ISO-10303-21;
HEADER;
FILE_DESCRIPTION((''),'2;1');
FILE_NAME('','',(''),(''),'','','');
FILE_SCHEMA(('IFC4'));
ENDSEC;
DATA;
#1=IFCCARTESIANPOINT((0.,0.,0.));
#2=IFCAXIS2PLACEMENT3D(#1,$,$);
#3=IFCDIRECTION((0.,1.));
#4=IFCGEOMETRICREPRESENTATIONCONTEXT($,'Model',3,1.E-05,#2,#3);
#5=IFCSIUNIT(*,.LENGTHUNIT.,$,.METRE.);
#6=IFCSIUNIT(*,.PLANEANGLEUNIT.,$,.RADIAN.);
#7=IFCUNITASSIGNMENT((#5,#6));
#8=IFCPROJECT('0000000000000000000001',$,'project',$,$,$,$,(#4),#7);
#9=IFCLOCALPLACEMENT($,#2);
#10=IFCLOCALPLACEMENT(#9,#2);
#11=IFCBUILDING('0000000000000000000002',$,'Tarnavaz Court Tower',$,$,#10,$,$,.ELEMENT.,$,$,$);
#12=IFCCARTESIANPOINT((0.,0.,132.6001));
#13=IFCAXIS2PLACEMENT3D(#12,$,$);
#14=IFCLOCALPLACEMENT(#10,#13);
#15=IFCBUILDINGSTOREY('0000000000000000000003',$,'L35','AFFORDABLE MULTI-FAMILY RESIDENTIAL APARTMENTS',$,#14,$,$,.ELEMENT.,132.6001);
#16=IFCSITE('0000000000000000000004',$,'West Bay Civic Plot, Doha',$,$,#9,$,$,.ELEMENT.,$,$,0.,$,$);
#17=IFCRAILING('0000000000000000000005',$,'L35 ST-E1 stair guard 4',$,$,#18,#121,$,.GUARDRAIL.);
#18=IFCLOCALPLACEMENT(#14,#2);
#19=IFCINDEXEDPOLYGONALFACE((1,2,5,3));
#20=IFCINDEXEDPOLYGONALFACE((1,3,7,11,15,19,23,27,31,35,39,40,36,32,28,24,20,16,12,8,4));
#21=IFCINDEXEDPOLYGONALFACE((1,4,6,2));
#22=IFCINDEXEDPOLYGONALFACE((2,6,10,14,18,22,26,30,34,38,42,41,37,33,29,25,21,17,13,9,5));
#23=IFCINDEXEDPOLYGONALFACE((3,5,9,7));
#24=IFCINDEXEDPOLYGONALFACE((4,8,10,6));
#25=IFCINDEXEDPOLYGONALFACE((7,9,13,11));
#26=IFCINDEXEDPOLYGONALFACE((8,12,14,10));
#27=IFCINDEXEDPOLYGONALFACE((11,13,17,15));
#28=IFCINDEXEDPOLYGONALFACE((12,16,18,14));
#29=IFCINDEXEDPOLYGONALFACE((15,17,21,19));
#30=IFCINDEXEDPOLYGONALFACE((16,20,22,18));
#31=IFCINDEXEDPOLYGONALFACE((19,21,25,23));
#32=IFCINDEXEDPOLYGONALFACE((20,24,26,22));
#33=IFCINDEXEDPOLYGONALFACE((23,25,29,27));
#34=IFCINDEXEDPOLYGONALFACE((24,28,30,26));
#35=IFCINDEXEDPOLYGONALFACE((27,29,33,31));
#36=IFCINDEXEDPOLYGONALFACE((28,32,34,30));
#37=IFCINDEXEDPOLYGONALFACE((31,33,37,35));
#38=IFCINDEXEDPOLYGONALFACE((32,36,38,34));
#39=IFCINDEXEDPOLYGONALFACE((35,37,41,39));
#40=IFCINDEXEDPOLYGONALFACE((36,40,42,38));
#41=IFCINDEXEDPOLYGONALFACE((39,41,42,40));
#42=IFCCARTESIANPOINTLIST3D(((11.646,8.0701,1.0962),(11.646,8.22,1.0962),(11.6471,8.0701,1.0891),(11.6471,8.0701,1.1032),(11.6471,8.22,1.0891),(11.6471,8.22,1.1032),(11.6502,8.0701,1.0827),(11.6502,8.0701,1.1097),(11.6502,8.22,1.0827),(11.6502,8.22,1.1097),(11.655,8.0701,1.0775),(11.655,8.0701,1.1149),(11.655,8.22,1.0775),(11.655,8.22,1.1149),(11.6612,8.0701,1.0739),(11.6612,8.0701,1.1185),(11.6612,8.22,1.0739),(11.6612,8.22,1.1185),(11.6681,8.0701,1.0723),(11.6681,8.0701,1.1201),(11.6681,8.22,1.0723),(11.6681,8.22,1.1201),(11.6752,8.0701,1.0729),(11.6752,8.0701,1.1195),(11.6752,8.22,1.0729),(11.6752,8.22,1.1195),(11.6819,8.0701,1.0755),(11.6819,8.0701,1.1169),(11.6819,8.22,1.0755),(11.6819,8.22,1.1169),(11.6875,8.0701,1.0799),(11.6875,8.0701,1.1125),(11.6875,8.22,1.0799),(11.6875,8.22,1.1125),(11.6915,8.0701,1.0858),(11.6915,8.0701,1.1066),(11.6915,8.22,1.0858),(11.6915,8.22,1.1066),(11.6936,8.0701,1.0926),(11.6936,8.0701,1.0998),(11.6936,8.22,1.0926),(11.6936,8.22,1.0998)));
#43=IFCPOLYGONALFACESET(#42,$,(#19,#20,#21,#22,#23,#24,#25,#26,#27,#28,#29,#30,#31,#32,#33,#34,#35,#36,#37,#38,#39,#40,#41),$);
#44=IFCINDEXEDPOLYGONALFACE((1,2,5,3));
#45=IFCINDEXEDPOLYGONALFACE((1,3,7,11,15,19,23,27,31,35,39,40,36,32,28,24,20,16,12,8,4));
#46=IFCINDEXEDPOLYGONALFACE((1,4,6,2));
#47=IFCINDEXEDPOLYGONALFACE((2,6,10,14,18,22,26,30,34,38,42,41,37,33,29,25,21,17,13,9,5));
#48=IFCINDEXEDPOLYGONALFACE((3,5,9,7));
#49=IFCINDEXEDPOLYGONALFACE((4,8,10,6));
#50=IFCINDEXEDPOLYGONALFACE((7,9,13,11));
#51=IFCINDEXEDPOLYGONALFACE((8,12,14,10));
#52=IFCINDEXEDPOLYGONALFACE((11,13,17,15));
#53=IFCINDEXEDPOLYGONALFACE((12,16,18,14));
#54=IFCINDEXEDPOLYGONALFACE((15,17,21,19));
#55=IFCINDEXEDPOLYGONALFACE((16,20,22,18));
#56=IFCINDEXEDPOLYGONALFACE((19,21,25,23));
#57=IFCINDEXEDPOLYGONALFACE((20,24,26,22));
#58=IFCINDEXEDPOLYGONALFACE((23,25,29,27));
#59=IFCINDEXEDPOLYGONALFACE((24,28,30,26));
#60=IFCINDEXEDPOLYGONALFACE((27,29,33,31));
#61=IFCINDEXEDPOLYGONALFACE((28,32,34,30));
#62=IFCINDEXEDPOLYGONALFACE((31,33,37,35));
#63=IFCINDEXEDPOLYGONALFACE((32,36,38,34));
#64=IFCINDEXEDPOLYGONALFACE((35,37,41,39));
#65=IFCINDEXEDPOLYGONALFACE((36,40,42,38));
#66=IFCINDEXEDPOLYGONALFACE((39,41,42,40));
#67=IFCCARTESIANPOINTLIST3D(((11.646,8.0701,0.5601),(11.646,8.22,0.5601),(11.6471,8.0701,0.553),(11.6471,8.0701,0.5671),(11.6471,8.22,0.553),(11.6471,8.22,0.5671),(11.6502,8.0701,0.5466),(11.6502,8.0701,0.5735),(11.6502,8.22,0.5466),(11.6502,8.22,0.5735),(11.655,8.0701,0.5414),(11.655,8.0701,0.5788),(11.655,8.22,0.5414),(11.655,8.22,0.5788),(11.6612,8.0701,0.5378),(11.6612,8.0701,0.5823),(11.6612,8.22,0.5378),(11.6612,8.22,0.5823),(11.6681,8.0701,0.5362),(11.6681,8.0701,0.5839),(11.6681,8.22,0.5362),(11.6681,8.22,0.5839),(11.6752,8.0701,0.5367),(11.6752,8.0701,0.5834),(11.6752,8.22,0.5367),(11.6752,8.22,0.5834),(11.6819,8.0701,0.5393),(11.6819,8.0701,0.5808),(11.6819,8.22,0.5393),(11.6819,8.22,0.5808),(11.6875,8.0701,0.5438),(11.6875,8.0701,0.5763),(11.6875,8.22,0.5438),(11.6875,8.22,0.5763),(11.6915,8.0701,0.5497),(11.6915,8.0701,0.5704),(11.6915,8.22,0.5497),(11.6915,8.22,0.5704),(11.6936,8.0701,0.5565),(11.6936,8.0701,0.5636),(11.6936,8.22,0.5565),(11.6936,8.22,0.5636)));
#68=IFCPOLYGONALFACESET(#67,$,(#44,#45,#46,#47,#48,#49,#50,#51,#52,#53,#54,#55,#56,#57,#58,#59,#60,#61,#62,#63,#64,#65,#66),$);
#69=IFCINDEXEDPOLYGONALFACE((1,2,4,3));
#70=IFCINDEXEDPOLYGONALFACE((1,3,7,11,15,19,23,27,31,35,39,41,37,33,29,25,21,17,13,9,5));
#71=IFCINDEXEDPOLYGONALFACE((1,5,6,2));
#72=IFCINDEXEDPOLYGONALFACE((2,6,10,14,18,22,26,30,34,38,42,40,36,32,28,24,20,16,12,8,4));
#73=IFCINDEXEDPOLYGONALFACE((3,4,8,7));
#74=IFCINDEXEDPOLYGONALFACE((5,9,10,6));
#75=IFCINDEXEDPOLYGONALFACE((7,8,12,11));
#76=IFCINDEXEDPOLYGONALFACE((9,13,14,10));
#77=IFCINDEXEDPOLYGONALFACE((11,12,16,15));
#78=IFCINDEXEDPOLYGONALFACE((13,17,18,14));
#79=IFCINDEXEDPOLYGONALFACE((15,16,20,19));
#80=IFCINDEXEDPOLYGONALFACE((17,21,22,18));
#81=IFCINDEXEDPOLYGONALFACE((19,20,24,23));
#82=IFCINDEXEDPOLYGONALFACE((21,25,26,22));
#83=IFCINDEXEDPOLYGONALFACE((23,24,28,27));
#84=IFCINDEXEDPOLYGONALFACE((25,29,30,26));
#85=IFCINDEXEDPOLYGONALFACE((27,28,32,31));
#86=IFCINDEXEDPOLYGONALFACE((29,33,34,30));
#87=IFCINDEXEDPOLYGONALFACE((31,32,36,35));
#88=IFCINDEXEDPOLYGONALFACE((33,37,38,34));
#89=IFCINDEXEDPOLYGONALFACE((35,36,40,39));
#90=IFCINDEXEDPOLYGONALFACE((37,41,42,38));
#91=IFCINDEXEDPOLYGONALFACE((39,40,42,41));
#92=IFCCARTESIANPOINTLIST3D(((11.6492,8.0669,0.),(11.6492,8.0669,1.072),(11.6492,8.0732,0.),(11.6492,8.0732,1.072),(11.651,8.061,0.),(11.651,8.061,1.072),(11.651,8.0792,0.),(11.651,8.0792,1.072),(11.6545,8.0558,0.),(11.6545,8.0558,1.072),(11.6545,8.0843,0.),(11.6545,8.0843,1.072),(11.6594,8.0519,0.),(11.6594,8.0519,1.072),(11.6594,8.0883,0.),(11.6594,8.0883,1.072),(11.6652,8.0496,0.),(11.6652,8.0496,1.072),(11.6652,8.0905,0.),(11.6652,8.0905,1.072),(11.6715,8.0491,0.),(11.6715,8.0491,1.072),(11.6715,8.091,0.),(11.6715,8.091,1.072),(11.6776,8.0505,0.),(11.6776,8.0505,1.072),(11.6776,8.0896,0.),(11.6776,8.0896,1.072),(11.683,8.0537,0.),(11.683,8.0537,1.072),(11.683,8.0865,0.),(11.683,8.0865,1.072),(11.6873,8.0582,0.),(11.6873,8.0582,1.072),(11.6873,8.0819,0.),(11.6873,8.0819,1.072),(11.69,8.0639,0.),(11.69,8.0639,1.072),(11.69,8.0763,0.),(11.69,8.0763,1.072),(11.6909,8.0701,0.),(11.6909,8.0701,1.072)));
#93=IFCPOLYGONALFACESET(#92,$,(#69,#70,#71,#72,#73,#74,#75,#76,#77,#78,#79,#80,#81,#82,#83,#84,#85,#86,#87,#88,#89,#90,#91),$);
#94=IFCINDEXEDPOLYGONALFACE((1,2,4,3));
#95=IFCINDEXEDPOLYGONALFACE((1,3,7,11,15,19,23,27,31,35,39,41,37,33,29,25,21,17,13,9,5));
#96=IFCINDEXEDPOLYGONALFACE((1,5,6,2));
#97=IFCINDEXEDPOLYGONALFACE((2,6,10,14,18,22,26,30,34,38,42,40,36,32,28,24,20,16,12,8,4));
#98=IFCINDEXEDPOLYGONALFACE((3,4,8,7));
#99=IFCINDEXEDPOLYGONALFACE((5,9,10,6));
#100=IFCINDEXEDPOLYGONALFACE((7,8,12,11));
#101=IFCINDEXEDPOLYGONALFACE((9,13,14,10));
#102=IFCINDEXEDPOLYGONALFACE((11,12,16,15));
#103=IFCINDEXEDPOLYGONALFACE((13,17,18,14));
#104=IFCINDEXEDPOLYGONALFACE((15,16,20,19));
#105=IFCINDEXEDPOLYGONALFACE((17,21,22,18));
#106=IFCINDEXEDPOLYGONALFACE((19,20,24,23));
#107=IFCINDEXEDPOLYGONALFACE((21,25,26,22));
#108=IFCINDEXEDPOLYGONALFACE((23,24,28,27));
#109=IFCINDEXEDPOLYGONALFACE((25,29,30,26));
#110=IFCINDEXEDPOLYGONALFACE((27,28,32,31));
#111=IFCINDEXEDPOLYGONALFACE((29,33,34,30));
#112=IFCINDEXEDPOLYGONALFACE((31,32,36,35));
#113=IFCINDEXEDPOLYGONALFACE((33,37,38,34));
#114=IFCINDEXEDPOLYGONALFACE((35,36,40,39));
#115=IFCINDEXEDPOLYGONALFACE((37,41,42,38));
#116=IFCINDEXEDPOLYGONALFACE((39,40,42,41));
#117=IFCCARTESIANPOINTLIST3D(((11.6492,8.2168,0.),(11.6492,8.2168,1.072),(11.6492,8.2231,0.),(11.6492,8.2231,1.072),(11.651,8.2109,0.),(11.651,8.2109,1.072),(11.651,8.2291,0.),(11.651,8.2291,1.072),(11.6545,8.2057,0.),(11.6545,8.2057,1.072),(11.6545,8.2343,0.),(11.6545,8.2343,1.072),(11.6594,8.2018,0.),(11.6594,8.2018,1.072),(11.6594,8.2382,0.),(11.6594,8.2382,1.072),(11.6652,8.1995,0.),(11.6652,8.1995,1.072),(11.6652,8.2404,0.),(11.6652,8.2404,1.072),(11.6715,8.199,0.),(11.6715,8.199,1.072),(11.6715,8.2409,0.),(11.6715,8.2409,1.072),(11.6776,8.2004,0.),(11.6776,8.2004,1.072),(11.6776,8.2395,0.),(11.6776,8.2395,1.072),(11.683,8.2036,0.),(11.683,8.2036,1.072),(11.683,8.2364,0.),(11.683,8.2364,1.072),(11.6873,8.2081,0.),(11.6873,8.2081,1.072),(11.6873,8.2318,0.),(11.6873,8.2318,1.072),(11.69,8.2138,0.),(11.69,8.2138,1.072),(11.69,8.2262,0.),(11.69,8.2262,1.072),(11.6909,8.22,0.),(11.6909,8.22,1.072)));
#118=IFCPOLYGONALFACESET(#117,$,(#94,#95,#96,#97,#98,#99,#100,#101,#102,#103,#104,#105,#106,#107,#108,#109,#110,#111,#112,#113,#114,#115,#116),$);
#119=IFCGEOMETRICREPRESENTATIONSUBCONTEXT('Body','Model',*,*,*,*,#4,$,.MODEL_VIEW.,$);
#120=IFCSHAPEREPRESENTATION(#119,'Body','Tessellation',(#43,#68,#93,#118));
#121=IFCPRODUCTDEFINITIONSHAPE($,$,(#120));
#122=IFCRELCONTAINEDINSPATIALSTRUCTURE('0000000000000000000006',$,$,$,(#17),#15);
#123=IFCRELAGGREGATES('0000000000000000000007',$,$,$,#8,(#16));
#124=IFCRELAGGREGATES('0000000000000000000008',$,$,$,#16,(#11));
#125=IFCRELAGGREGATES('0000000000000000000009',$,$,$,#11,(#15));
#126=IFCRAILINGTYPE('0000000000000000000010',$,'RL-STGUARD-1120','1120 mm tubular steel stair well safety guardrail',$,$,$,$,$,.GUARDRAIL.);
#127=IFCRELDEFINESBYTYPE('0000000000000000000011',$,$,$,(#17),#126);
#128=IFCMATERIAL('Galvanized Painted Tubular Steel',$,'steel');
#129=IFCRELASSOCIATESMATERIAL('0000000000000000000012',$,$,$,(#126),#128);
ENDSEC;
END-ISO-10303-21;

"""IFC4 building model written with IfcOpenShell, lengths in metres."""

from ifc_helpers import new_model, si_unit, direction, frame, origin, origin_2d, place, context, subcontext, project, spatial, circle, extrude, material, type_object, element, save


model = new_model("IFC4")

# Units and contexts
model_context = context("Model", 3, precision=1e-05, world=origin(), true_north=direction((0.0, 1.0)))
body_context = subcontext(model_context, "Body", "Model", "MODEL_VIEW")
ifc_project = project(units=[si_unit("LENGTHUNIT", "METRE"), si_unit("PLANEANGLEUNIT", "RADIAN")], contexts=[model_context])

# Site, building, storey
site_placement = place(None, origin())
site = spatial("IfcSite", under=ifc_project, at=site_placement, Name="West Bay Civic Plot, Doha", CompositionType="ELEMENT", RefElevation=0.0)
building_placement = place(site_placement, origin())
building = spatial("IfcBuilding", under=site, at=building_placement, Name="Tarnavaz Court Tower", CompositionType="ELEMENT")
storey_placement = place(building_placement, frame((0.0, 0.0, 132.6001)))
storey = spatial("IfcBuildingStorey", under=building, at=storey_placement, Name="L35", Description="AFFORDABLE MULTI-FAMILY RESIDENTIAL APARTMENTS", CompositionType="ELEMENT", Elevation=132.6001)

# Railing
ifc_material_1 = material(Name="Galvanized Painted Tubular Steel", Category="steel")
railing_type_1 = type_object("IfcRailingType", Name="RL-STGUARD-1120", Description="1120 mm tubular steel stair well safety guardrail", PredefinedType="GUARDRAIL", material=ifc_material_1)
railing_1_placement = place(storey_placement, frame((11.6699, 8.0701, 0.0)))
element("IfcRailing", 1, at=railing_1_placement, inside=storey, type_object=railing_type_1, Name="L35 ST-E1 stair guard 4", PredefinedType="GUARDRAIL", context=body_context, shape_type="SweptSolid", body=[
    extrude(circle(Radius=0.0239, at=origin_2d()), frame((0.0, 0.0, 1.0962), z_axis=(0.0, 1.0, 0.0), x_axis=(-1.0, 0.0, 0.0)), (0.0, 0.0, 1.0), 0.1499),
    extrude(circle(Radius=0.0239, at=origin_2d()), frame((0.0, 0.0, 0.5601), z_axis=(0.0, 1.0, 0.0), x_axis=(-1.0, 0.0, 0.0)), (0.0, 0.0, 1.0), 0.1499),
    extrude(circle(Radius=0.021, at=origin_2d()), origin(), (0.0, 0.0, 1.0), 1.072),
    extrude(circle(Radius=0.021, at=origin_2d()), frame((0.0, 0.1499, 0.0)), (0.0, 0.0, 1.0), 1.072),
])

save(model, "model.ifc")
